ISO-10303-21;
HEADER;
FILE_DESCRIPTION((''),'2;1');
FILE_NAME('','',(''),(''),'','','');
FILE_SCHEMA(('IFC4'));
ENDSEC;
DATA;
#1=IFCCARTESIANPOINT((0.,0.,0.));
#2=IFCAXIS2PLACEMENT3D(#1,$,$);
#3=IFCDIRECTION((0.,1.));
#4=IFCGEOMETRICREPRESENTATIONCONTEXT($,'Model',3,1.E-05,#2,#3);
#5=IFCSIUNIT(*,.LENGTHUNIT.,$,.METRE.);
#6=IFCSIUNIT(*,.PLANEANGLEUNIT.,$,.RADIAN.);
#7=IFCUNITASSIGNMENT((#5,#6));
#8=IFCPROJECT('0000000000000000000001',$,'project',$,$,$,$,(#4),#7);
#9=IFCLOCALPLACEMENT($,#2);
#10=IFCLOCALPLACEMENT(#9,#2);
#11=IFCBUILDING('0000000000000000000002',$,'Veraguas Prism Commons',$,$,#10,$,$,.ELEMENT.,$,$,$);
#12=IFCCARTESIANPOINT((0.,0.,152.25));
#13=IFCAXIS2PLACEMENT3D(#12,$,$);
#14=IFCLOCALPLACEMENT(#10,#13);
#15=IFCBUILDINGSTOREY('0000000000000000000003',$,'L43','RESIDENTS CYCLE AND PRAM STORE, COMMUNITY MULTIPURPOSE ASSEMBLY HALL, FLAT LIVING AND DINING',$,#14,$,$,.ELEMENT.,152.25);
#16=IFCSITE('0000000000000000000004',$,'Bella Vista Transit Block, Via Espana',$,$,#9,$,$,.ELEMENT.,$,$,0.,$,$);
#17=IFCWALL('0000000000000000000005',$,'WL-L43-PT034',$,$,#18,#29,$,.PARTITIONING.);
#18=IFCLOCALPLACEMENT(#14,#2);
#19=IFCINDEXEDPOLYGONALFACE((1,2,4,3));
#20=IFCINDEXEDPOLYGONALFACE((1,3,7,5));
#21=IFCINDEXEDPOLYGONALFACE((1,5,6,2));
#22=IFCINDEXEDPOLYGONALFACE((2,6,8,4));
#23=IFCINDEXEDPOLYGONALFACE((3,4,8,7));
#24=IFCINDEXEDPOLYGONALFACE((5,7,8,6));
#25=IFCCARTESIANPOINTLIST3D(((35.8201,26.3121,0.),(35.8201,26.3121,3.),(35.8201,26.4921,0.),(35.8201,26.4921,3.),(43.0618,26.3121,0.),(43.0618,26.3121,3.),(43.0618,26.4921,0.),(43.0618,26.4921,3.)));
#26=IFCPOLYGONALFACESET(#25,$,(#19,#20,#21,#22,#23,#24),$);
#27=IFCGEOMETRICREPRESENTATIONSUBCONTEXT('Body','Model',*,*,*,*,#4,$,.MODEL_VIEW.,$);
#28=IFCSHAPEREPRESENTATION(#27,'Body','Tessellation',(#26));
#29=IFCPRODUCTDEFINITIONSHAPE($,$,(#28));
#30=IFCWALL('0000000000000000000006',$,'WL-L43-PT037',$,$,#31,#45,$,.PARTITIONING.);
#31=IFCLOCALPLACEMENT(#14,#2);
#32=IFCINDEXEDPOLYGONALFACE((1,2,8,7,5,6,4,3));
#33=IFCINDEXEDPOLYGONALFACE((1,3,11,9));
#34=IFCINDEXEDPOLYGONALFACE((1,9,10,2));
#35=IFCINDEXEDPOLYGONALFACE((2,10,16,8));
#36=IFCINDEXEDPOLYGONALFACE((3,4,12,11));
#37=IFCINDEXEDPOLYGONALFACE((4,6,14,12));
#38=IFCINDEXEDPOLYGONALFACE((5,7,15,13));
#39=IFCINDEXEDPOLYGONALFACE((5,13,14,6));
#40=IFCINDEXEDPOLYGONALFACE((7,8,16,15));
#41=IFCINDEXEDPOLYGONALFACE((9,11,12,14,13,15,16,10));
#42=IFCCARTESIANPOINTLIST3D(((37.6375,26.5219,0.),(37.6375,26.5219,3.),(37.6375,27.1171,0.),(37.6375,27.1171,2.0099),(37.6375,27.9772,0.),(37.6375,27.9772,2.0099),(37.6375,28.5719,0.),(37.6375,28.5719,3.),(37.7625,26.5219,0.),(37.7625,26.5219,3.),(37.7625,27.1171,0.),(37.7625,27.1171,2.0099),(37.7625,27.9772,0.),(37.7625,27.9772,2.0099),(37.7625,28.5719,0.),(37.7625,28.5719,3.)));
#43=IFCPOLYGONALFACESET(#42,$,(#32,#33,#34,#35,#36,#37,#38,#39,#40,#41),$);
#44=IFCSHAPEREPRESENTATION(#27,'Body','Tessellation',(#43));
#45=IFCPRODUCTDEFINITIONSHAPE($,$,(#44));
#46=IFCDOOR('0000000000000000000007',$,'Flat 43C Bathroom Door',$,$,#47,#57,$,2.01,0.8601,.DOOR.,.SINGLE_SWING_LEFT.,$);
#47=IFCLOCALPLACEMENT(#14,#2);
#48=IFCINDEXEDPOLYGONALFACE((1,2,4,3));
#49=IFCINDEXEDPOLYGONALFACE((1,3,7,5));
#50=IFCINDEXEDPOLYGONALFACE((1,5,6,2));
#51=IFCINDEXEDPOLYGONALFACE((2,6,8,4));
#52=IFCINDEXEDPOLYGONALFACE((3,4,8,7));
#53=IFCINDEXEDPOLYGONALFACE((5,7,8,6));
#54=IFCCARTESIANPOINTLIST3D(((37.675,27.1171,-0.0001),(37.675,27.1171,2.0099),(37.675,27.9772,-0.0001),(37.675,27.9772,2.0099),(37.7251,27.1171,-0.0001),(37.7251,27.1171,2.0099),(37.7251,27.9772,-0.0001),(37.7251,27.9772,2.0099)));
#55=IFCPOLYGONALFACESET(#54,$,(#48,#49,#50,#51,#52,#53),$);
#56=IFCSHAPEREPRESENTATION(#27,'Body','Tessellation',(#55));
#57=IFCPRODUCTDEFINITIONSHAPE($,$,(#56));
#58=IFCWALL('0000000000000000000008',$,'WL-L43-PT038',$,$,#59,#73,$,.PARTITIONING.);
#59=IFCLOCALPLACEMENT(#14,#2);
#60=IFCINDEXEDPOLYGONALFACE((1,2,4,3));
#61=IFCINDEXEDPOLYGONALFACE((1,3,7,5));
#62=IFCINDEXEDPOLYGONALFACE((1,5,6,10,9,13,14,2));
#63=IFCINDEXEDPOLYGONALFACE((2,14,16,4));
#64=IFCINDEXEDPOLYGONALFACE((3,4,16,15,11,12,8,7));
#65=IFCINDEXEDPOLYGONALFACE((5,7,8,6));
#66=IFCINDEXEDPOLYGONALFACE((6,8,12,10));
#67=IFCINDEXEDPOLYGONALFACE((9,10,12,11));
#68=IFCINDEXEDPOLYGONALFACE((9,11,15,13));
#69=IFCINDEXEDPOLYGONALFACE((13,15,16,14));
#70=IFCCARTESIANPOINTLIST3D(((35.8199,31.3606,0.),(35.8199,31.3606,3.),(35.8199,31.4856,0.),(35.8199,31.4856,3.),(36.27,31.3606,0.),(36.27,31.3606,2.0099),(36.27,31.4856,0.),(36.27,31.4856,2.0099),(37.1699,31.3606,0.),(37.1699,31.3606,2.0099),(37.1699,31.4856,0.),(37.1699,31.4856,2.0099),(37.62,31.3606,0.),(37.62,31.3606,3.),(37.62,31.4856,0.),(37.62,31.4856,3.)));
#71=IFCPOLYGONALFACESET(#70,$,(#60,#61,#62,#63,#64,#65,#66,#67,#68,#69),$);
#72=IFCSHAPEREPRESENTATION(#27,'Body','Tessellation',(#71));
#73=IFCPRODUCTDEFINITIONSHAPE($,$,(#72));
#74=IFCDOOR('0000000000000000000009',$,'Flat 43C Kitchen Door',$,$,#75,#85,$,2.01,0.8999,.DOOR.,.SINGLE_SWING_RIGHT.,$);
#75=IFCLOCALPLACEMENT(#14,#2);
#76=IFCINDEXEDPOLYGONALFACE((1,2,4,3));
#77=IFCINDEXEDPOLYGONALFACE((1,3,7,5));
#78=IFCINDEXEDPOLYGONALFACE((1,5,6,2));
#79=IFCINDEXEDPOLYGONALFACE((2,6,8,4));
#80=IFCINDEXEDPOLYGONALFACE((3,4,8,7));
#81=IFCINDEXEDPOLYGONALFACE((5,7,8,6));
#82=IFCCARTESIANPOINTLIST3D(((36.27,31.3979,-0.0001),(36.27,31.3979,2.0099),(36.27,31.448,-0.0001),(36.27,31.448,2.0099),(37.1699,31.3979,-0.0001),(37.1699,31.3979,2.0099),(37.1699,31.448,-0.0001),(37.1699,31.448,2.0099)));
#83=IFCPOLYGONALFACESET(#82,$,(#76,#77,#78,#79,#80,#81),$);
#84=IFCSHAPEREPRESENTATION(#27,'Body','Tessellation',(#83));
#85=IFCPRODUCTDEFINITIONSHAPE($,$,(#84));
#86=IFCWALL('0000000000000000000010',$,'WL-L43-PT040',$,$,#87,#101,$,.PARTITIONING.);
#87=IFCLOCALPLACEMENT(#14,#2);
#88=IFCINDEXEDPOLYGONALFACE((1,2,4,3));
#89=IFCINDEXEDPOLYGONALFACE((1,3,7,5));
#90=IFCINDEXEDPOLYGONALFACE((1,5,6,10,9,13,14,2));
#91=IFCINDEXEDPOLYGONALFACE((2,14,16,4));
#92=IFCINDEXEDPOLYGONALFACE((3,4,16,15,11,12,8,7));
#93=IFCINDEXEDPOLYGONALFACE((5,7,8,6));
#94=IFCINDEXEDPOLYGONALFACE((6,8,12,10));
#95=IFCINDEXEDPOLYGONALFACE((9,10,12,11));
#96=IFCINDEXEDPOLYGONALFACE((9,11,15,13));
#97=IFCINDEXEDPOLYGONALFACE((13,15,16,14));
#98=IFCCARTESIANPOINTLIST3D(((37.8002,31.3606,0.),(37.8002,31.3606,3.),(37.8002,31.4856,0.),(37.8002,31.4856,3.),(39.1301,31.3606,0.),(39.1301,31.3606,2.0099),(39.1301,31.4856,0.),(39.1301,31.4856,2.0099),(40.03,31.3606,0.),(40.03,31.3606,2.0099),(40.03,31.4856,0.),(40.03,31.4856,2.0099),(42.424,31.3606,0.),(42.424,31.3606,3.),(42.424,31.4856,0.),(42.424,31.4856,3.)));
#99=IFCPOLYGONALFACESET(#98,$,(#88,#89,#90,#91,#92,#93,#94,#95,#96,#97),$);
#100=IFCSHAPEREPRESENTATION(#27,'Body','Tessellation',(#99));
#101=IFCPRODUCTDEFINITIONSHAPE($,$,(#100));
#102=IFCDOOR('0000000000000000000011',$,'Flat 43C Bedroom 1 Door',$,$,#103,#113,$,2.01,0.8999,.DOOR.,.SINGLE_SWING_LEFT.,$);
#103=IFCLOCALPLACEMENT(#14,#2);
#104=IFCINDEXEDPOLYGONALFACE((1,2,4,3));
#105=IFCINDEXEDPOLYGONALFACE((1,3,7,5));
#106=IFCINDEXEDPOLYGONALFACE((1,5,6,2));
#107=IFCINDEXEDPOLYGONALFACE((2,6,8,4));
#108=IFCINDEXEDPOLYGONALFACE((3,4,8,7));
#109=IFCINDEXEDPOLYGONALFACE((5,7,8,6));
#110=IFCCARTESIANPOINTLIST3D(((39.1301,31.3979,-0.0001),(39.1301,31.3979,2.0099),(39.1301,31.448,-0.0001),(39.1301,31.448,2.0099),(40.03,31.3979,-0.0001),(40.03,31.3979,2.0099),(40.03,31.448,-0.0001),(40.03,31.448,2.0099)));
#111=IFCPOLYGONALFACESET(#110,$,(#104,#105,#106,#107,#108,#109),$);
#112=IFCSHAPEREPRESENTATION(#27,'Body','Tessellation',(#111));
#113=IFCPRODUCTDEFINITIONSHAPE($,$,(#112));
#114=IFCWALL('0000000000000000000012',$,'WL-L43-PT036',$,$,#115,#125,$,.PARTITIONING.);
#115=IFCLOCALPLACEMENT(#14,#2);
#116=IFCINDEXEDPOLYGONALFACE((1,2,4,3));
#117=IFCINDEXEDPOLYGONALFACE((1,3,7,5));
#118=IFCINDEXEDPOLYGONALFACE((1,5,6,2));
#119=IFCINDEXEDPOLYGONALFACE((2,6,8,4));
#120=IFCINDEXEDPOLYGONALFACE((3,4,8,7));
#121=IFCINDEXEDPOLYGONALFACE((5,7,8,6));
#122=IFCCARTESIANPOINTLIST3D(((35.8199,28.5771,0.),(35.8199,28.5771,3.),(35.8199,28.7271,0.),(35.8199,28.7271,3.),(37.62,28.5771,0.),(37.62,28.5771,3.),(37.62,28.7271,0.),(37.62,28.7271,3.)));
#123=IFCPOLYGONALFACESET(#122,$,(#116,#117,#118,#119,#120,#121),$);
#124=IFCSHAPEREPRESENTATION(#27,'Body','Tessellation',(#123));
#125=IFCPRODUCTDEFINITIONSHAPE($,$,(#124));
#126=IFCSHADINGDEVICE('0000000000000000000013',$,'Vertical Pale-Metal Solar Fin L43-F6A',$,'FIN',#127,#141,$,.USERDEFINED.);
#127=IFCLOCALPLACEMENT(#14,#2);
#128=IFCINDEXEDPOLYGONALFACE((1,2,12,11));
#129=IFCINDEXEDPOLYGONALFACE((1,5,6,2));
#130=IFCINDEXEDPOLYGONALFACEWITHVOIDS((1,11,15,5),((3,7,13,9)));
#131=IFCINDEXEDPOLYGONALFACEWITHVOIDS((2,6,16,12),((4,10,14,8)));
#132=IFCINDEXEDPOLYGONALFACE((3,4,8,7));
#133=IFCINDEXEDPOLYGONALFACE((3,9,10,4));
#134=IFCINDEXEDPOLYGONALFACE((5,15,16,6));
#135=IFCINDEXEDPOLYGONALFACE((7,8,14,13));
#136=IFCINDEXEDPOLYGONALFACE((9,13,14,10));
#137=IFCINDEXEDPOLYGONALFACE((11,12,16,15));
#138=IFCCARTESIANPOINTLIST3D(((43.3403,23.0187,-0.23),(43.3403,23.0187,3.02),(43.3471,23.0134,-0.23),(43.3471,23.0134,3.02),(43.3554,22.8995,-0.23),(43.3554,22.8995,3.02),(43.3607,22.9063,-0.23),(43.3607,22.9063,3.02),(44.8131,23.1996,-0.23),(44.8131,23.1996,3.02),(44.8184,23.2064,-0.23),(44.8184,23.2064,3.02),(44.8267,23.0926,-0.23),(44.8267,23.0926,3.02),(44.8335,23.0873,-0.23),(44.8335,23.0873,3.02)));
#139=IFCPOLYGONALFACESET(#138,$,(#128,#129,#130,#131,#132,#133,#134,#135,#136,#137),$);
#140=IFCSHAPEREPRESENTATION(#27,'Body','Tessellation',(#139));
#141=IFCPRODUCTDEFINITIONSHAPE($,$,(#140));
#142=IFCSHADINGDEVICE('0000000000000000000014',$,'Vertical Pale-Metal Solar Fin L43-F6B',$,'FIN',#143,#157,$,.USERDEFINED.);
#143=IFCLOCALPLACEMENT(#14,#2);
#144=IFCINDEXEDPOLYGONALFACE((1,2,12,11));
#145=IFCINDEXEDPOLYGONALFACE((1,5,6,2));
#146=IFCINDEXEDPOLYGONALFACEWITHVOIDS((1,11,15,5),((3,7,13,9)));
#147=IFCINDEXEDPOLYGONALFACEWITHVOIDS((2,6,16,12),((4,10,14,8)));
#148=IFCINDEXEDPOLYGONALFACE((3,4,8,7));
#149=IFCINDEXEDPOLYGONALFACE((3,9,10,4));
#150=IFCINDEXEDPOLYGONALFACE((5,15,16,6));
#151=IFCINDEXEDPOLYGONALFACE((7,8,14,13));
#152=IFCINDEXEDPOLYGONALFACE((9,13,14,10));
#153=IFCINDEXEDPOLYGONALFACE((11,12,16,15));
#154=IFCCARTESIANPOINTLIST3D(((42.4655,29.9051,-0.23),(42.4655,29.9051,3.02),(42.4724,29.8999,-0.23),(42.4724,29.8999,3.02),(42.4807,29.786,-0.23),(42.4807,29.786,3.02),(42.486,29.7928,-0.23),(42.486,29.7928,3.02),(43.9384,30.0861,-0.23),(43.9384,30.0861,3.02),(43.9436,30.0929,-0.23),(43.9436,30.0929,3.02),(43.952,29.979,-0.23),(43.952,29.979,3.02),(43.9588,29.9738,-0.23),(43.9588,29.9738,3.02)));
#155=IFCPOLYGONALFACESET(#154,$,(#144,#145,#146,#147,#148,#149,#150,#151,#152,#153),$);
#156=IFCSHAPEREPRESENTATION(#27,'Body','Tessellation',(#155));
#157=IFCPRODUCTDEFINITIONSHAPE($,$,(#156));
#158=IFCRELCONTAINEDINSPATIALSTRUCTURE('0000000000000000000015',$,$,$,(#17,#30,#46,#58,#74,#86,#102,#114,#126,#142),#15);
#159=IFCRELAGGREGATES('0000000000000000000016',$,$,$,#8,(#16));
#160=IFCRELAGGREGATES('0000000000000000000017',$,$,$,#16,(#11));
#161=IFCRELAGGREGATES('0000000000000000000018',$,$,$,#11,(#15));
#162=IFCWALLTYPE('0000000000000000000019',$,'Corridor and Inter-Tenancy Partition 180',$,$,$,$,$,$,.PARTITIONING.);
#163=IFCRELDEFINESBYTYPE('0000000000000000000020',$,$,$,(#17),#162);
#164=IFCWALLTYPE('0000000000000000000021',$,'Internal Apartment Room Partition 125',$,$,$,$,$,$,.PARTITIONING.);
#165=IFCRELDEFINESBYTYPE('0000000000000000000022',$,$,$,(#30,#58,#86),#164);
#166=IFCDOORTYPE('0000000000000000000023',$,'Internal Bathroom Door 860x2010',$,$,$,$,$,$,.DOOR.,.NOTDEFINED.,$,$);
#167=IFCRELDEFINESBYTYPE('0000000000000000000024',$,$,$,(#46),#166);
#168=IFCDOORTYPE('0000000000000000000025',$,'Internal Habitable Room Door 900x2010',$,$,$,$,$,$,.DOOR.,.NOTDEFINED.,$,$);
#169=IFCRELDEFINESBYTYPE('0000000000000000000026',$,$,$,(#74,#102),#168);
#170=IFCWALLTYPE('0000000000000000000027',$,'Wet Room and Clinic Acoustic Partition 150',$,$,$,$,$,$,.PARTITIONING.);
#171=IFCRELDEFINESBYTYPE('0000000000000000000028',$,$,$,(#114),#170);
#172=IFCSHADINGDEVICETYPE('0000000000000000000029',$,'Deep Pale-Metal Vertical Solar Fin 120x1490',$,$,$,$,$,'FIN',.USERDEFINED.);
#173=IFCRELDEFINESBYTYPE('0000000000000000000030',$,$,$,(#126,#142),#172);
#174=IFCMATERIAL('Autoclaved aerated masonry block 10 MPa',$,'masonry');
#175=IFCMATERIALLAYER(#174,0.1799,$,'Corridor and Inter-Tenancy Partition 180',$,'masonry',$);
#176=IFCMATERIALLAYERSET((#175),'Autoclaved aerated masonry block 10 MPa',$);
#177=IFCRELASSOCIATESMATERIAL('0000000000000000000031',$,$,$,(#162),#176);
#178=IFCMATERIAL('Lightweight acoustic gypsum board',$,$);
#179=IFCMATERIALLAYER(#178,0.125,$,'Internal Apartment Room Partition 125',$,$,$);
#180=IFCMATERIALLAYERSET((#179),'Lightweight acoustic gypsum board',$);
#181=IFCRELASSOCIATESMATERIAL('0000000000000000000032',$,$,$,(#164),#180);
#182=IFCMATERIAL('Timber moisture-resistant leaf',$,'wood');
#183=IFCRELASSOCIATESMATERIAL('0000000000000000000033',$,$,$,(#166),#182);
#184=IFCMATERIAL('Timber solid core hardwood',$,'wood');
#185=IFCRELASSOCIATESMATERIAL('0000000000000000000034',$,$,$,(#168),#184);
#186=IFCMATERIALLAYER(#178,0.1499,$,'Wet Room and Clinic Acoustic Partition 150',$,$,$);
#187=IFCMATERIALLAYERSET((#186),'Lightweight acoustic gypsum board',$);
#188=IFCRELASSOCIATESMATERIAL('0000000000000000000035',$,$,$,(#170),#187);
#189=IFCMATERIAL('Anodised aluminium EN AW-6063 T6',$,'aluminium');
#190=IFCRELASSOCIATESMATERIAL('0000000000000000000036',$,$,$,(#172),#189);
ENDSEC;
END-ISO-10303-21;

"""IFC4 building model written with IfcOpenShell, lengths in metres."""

from ifc_helpers import new_model, si_unit, direction, frame, frame_2d, origin, origin_2d, place, context, subcontext, project, spatial, rectangle, hollow_rectangle, extrude, source, transform, mapped, material, layer, layer_set, material_profile, profile_set, type_object, element, fill, save


model = new_model("IFC4")

# Units and contexts
model_context = context("Model", 3, precision=1e-05, world=origin(), true_north=direction((0.0, 1.0)))
body_context = subcontext(model_context, "Body", "Model", "MODEL_VIEW")
ifc_project = project(units=[si_unit("LENGTHUNIT", "METRE"), si_unit("PLANEANGLEUNIT", "RADIAN")], contexts=[model_context])

# Site, building, storey
site_placement = place(None, origin())
site = spatial("IfcSite", under=ifc_project, at=site_placement, Name="Bella Vista Transit Block, Via Espana", CompositionType="ELEMENT", RefElevation=0.0)
building_placement = place(site_placement, origin())
building = spatial("IfcBuilding", under=site, at=building_placement, Name="Veraguas Prism Commons", CompositionType="ELEMENT")
storey_placement = place(building_placement, frame((0.0, 0.0, 152.25)))
storey = spatial("IfcBuildingStorey", under=building, at=storey_placement, Name="L43", Description="RESIDENTS CYCLE AND PRAM STORE, COMMUNITY MULTIPURPOSE ASSEMBLY HALL, FLAT LIVING AND DINING", CompositionType="ELEMENT", Elevation=152.25)

# Shared definitions
ifc_material_1 = material(Name="Anodised aluminium EN AW-6063 T6", Category="aluminium")

# Wall
ifc_material_2 = material(Name="Autoclaved aerated masonry block 10 MPa", Category="masonry")
ifc_layer_1 = layer(ifc_material_2, 0.1799, Name="Corridor and Inter-Tenancy Partition 180", Category="masonry")
ifc_layer_set_1 = layer_set([ifc_layer_1], Name="Autoclaved aerated masonry block 10 MPa")
wall_type_1 = type_object("IfcWallType", Name="Corridor and Inter-Tenancy Partition 180", PredefinedType="PARTITIONING", material=ifc_layer_set_1)
wall_1_placement = place(storey_placement, frame((35.8201, 26.4021, 0.0), z_axis=(0.0, 0.0, 1.0), x_axis=(1.0, 0.0, 0.0)))
element("IfcWall", 1, at=wall_1_placement, inside=storey, type_object=wall_type_1, Name="WL-L43-PT034", PredefinedType="PARTITIONING", context=body_context, shape_type="SweptSolid", body=[
    extrude(rectangle(XDim=7.2417, YDim=0.1799, at=frame_2d((3.6208, 0.0))), origin(), (0.0, 0.0, 1.0), 3.0),
])

# Walls, openings, doors
ifc_material_3 = material(Name="Lightweight acoustic gypsum board")
ifc_layer_2 = layer(ifc_material_3, 0.125, Name="Internal Apartment Room Partition 125")
ifc_layer_set_2 = layer_set([ifc_layer_2], Name="Lightweight acoustic gypsum board")
wall_type_2 = type_object("IfcWallType", Name="Internal Apartment Room Partition 125", PredefinedType="PARTITIONING", material=ifc_layer_set_2)
wall_2_placement = place(storey_placement, frame((37.7, 26.522, 0.0), z_axis=(0.0, 0.0, 1.0), x_axis=(0.0, 1.0, 0.0)))
wall_2 = element("IfcWall", 2, at=wall_2_placement, inside=storey, type_object=wall_type_2, Name="WL-L43-PT037", PredefinedType="PARTITIONING", context=body_context, shape_type="SweptSolid", body=[
    extrude(rectangle(XDim=2.05, YDim=0.125, at=frame_2d((1.0249, 0.0))), origin(), (0.0, 0.0, 1.0), 3.0),
])
opening_1_placement = place(wall_2_placement, frame((0.595, 0.0, 0.0)))
opening_1 = element("IfcOpeningElement", 3, at=opening_1_placement, cuts=wall_2, PredefinedType="OPENING", context=body_context, shape_type="SweptSolid", body=[
    extrude(rectangle(XDim=0.8601, YDim=2.01, at=frame_2d((0.4302, 1.0049))), frame((0.0, 0.0725, 0.0), z_axis=(0.0, -1.0, 0.0), x_axis=(1.0, 0.0, 0.0)), (0.0, 0.0, 1.0), 0.145),
])
ifc_material_4 = material(Name="Timber moisture-resistant leaf", Category="wood")
door_type_1 = type_object("IfcDoorType", Name="Internal Bathroom Door 860x2010", OperationType="NOTDEFINED", PredefinedType="DOOR", material=ifc_material_4)
shared_shape_1 = source(origin(), body_context, "Body", "SweptSolid", [
    extrude(rectangle(XDim=0.8601, YDim=2.01, at=frame_2d((0.4302, 1.0049))), frame((0.0, 0.0249, 0.0), z_axis=(0.0, -1.0, 0.0), x_axis=(1.0, 0.0, 0.0)), (0.0, 0.0, 1.0), 0.05),
])
door_1_placement = place(opening_1_placement, origin())
door_1 = element("IfcDoor", 4, at=door_1_placement, inside=storey, type_object=door_type_1, Name="Flat 43C Bathroom Door", OperationType="SINGLE_SWING_LEFT", OverallHeight=2.01, OverallWidth=0.8601, PredefinedType="DOOR", context=body_context, shape_type="MappedRepresentation", body=[
    mapped(shared_shape_1, transform((0.0, 0.0, 0.0), scale=1.0)),
])
fill(opening_1, door_1)
wall_3_placement = place(storey_placement, frame((35.8201, 31.4231, 0.0), z_axis=(0.0, 0.0, 1.0), x_axis=(1.0, 0.0, 0.0)))
wall_3 = element("IfcWall", 5, at=wall_3_placement, inside=storey, type_object=wall_type_2, Name="WL-L43-PT038", PredefinedType="PARTITIONING", context=body_context, shape_type="SweptSolid", body=[
    extrude(rectangle(XDim=1.8, YDim=0.125, at=frame_2d((0.8999, 0.0))), origin(), (0.0, 0.0, 1.0), 3.0),
])
opening_2_placement = place(wall_3_placement, frame((0.45, 0.0, 0.0)))
opening_2 = element("IfcOpeningElement", 6, at=opening_2_placement, cuts=wall_3, PredefinedType="OPENING", context=body_context, shape_type="SweptSolid", body=[
    extrude(rectangle(XDim=0.8999, YDim=2.01, at=frame_2d((0.45, 1.0049))), frame((0.0, 0.0725, 0.0), z_axis=(0.0, -1.0, 0.0), x_axis=(1.0, 0.0, 0.0)), (0.0, 0.0, 1.0), 0.145),
])
ifc_material_5 = material(Name="Timber solid core hardwood", Category="wood")
door_type_2 = type_object("IfcDoorType", Name="Internal Habitable Room Door 900x2010", OperationType="NOTDEFINED", PredefinedType="DOOR", material=ifc_material_5)
shared_shape_2 = source(origin(), body_context, "Body", "SweptSolid", [
    extrude(rectangle(XDim=0.8999, YDim=2.01, at=frame_2d((0.45, 1.0049))), frame((0.0, 0.0249, 0.0), z_axis=(0.0, -1.0, 0.0), x_axis=(1.0, 0.0, 0.0)), (0.0, 0.0, 1.0), 0.05),
])
door_2_placement = place(opening_2_placement, origin())
door_2 = element("IfcDoor", 7, at=door_2_placement, inside=storey, type_object=door_type_2, Name="Flat 43C Kitchen Door", OperationType="SINGLE_SWING_RIGHT", OverallHeight=2.01, OverallWidth=0.8999, PredefinedType="DOOR", context=body_context, shape_type="MappedRepresentation", body=[
    mapped(shared_shape_2, transform((0.0, 0.0, 0.0), scale=1.0)),
])
fill(opening_2, door_2)
wall_4_placement = place(storey_placement, frame((37.8, 31.4231, 0.0), z_axis=(0.0, 0.0, 1.0), x_axis=(1.0, 0.0, 0.0)))
wall_4 = element("IfcWall", 8, at=wall_4_placement, inside=storey, type_object=wall_type_2, Name="WL-L43-PT040", PredefinedType="PARTITIONING", context=body_context, shape_type="SweptSolid", body=[
    extrude(rectangle(XDim=4.6238, YDim=0.125, at=frame_2d((2.312, 0.0))), origin(), (0.0, 0.0, 1.0), 3.0),
])
opening_3_placement = place(wall_4_placement, frame((1.3301, 0.0, 0.0)))
opening_3 = element("IfcOpeningElement", 9, at=opening_3_placement, cuts=wall_4, PredefinedType="OPENING", context=body_context, shape_type="SweptSolid", body=[
    extrude(rectangle(XDim=0.8999, YDim=2.01, at=frame_2d((0.45, 1.0049))), frame((0.0, 0.0725, 0.0), z_axis=(0.0, -1.0, 0.0), x_axis=(1.0, 0.0, 0.0)), (0.0, 0.0, 1.0), 0.145),
])
door_3_placement = place(opening_3_placement, origin())
door_3 = element("IfcDoor", 10, at=door_3_placement, inside=storey, type_object=door_type_2, Name="Flat 43C Bedroom 1 Door", OperationType="SINGLE_SWING_LEFT", OverallHeight=2.01, OverallWidth=0.8999, PredefinedType="DOOR", context=body_context, shape_type="MappedRepresentation", body=[
    mapped(shared_shape_2, transform((0.0, 0.0, 0.0), scale=1.0)),
])
fill(opening_3, door_3)

# Wall
ifc_layer_3 = layer(ifc_material_3, 0.1499, Name="Wet Room and Clinic Acoustic Partition 150")
ifc_layer_set_3 = layer_set([ifc_layer_3], Name="Lightweight acoustic gypsum board")
wall_type_3 = type_object("IfcWallType", Name="Wet Room and Clinic Acoustic Partition 150", PredefinedType="PARTITIONING", material=ifc_layer_set_3)
wall_5_placement = place(storey_placement, frame((35.8201, 28.6521, 0.0), z_axis=(0.0, 0.0, 1.0), x_axis=(1.0, 0.0, 0.0)))
element("IfcWall", 11, at=wall_5_placement, inside=storey, type_object=wall_type_3, Name="WL-L43-PT036", PredefinedType="PARTITIONING", context=body_context, shape_type="SweptSolid", body=[
    extrude(rectangle(XDim=1.8, YDim=0.1499, at=frame_2d((0.8999, 0.0))), origin(), (0.0, 0.0, 1.0), 3.0),
])

# Shading devices
ifc_material_profile_1 = material_profile(ifc_material_1, hollow_rectangle(XDim=0.1201, YDim=1.49, WallThickness=0.0061, at=origin_2d()), Name="FIN120X1490X6")
ifc_profile_set_1 = profile_set([ifc_material_profile_1], Name="Anodised aluminium EN AW-6063 T6")
shading_device_type = type_object("IfcShadingDeviceType", Name="Deep Pale-Metal Vertical Solar Fin 120x1490", ElementType="FIN", PredefinedType="USERDEFINED", material=ifc_profile_set_1)
for number, where, z_axis, x_axis, name in (
    (12, (44.0869, 23.053, -0.23), (0.0, 0.0, 1.0), (-0.126026, 0.992027, 0.0), "Vertical Pale-Metal Solar Fin L43-F6A"),
    (13, (43.2122, 29.9395, -0.23), (0.0, 0.0, 1.0), (-0.126026, 0.992027, 0.0), "Vertical Pale-Metal Solar Fin L43-F6B"),
):
    element("IfcShadingDevice", number, at=place(storey_placement, frame(where, z_axis=z_axis, x_axis=x_axis)), inside=storey, type_object=shading_device_type, Name=name, ObjectType="FIN", PredefinedType="USERDEFINED", context=body_context, shape_type="SweptSolid", body=[
        extrude(hollow_rectangle(XDim=0.1201, YDim=1.49, WallThickness=0.0061, at=origin_2d()), origin(), (0.0, 0.0, 1.0), 3.25),
    ])

save(model, "model.ifc")
